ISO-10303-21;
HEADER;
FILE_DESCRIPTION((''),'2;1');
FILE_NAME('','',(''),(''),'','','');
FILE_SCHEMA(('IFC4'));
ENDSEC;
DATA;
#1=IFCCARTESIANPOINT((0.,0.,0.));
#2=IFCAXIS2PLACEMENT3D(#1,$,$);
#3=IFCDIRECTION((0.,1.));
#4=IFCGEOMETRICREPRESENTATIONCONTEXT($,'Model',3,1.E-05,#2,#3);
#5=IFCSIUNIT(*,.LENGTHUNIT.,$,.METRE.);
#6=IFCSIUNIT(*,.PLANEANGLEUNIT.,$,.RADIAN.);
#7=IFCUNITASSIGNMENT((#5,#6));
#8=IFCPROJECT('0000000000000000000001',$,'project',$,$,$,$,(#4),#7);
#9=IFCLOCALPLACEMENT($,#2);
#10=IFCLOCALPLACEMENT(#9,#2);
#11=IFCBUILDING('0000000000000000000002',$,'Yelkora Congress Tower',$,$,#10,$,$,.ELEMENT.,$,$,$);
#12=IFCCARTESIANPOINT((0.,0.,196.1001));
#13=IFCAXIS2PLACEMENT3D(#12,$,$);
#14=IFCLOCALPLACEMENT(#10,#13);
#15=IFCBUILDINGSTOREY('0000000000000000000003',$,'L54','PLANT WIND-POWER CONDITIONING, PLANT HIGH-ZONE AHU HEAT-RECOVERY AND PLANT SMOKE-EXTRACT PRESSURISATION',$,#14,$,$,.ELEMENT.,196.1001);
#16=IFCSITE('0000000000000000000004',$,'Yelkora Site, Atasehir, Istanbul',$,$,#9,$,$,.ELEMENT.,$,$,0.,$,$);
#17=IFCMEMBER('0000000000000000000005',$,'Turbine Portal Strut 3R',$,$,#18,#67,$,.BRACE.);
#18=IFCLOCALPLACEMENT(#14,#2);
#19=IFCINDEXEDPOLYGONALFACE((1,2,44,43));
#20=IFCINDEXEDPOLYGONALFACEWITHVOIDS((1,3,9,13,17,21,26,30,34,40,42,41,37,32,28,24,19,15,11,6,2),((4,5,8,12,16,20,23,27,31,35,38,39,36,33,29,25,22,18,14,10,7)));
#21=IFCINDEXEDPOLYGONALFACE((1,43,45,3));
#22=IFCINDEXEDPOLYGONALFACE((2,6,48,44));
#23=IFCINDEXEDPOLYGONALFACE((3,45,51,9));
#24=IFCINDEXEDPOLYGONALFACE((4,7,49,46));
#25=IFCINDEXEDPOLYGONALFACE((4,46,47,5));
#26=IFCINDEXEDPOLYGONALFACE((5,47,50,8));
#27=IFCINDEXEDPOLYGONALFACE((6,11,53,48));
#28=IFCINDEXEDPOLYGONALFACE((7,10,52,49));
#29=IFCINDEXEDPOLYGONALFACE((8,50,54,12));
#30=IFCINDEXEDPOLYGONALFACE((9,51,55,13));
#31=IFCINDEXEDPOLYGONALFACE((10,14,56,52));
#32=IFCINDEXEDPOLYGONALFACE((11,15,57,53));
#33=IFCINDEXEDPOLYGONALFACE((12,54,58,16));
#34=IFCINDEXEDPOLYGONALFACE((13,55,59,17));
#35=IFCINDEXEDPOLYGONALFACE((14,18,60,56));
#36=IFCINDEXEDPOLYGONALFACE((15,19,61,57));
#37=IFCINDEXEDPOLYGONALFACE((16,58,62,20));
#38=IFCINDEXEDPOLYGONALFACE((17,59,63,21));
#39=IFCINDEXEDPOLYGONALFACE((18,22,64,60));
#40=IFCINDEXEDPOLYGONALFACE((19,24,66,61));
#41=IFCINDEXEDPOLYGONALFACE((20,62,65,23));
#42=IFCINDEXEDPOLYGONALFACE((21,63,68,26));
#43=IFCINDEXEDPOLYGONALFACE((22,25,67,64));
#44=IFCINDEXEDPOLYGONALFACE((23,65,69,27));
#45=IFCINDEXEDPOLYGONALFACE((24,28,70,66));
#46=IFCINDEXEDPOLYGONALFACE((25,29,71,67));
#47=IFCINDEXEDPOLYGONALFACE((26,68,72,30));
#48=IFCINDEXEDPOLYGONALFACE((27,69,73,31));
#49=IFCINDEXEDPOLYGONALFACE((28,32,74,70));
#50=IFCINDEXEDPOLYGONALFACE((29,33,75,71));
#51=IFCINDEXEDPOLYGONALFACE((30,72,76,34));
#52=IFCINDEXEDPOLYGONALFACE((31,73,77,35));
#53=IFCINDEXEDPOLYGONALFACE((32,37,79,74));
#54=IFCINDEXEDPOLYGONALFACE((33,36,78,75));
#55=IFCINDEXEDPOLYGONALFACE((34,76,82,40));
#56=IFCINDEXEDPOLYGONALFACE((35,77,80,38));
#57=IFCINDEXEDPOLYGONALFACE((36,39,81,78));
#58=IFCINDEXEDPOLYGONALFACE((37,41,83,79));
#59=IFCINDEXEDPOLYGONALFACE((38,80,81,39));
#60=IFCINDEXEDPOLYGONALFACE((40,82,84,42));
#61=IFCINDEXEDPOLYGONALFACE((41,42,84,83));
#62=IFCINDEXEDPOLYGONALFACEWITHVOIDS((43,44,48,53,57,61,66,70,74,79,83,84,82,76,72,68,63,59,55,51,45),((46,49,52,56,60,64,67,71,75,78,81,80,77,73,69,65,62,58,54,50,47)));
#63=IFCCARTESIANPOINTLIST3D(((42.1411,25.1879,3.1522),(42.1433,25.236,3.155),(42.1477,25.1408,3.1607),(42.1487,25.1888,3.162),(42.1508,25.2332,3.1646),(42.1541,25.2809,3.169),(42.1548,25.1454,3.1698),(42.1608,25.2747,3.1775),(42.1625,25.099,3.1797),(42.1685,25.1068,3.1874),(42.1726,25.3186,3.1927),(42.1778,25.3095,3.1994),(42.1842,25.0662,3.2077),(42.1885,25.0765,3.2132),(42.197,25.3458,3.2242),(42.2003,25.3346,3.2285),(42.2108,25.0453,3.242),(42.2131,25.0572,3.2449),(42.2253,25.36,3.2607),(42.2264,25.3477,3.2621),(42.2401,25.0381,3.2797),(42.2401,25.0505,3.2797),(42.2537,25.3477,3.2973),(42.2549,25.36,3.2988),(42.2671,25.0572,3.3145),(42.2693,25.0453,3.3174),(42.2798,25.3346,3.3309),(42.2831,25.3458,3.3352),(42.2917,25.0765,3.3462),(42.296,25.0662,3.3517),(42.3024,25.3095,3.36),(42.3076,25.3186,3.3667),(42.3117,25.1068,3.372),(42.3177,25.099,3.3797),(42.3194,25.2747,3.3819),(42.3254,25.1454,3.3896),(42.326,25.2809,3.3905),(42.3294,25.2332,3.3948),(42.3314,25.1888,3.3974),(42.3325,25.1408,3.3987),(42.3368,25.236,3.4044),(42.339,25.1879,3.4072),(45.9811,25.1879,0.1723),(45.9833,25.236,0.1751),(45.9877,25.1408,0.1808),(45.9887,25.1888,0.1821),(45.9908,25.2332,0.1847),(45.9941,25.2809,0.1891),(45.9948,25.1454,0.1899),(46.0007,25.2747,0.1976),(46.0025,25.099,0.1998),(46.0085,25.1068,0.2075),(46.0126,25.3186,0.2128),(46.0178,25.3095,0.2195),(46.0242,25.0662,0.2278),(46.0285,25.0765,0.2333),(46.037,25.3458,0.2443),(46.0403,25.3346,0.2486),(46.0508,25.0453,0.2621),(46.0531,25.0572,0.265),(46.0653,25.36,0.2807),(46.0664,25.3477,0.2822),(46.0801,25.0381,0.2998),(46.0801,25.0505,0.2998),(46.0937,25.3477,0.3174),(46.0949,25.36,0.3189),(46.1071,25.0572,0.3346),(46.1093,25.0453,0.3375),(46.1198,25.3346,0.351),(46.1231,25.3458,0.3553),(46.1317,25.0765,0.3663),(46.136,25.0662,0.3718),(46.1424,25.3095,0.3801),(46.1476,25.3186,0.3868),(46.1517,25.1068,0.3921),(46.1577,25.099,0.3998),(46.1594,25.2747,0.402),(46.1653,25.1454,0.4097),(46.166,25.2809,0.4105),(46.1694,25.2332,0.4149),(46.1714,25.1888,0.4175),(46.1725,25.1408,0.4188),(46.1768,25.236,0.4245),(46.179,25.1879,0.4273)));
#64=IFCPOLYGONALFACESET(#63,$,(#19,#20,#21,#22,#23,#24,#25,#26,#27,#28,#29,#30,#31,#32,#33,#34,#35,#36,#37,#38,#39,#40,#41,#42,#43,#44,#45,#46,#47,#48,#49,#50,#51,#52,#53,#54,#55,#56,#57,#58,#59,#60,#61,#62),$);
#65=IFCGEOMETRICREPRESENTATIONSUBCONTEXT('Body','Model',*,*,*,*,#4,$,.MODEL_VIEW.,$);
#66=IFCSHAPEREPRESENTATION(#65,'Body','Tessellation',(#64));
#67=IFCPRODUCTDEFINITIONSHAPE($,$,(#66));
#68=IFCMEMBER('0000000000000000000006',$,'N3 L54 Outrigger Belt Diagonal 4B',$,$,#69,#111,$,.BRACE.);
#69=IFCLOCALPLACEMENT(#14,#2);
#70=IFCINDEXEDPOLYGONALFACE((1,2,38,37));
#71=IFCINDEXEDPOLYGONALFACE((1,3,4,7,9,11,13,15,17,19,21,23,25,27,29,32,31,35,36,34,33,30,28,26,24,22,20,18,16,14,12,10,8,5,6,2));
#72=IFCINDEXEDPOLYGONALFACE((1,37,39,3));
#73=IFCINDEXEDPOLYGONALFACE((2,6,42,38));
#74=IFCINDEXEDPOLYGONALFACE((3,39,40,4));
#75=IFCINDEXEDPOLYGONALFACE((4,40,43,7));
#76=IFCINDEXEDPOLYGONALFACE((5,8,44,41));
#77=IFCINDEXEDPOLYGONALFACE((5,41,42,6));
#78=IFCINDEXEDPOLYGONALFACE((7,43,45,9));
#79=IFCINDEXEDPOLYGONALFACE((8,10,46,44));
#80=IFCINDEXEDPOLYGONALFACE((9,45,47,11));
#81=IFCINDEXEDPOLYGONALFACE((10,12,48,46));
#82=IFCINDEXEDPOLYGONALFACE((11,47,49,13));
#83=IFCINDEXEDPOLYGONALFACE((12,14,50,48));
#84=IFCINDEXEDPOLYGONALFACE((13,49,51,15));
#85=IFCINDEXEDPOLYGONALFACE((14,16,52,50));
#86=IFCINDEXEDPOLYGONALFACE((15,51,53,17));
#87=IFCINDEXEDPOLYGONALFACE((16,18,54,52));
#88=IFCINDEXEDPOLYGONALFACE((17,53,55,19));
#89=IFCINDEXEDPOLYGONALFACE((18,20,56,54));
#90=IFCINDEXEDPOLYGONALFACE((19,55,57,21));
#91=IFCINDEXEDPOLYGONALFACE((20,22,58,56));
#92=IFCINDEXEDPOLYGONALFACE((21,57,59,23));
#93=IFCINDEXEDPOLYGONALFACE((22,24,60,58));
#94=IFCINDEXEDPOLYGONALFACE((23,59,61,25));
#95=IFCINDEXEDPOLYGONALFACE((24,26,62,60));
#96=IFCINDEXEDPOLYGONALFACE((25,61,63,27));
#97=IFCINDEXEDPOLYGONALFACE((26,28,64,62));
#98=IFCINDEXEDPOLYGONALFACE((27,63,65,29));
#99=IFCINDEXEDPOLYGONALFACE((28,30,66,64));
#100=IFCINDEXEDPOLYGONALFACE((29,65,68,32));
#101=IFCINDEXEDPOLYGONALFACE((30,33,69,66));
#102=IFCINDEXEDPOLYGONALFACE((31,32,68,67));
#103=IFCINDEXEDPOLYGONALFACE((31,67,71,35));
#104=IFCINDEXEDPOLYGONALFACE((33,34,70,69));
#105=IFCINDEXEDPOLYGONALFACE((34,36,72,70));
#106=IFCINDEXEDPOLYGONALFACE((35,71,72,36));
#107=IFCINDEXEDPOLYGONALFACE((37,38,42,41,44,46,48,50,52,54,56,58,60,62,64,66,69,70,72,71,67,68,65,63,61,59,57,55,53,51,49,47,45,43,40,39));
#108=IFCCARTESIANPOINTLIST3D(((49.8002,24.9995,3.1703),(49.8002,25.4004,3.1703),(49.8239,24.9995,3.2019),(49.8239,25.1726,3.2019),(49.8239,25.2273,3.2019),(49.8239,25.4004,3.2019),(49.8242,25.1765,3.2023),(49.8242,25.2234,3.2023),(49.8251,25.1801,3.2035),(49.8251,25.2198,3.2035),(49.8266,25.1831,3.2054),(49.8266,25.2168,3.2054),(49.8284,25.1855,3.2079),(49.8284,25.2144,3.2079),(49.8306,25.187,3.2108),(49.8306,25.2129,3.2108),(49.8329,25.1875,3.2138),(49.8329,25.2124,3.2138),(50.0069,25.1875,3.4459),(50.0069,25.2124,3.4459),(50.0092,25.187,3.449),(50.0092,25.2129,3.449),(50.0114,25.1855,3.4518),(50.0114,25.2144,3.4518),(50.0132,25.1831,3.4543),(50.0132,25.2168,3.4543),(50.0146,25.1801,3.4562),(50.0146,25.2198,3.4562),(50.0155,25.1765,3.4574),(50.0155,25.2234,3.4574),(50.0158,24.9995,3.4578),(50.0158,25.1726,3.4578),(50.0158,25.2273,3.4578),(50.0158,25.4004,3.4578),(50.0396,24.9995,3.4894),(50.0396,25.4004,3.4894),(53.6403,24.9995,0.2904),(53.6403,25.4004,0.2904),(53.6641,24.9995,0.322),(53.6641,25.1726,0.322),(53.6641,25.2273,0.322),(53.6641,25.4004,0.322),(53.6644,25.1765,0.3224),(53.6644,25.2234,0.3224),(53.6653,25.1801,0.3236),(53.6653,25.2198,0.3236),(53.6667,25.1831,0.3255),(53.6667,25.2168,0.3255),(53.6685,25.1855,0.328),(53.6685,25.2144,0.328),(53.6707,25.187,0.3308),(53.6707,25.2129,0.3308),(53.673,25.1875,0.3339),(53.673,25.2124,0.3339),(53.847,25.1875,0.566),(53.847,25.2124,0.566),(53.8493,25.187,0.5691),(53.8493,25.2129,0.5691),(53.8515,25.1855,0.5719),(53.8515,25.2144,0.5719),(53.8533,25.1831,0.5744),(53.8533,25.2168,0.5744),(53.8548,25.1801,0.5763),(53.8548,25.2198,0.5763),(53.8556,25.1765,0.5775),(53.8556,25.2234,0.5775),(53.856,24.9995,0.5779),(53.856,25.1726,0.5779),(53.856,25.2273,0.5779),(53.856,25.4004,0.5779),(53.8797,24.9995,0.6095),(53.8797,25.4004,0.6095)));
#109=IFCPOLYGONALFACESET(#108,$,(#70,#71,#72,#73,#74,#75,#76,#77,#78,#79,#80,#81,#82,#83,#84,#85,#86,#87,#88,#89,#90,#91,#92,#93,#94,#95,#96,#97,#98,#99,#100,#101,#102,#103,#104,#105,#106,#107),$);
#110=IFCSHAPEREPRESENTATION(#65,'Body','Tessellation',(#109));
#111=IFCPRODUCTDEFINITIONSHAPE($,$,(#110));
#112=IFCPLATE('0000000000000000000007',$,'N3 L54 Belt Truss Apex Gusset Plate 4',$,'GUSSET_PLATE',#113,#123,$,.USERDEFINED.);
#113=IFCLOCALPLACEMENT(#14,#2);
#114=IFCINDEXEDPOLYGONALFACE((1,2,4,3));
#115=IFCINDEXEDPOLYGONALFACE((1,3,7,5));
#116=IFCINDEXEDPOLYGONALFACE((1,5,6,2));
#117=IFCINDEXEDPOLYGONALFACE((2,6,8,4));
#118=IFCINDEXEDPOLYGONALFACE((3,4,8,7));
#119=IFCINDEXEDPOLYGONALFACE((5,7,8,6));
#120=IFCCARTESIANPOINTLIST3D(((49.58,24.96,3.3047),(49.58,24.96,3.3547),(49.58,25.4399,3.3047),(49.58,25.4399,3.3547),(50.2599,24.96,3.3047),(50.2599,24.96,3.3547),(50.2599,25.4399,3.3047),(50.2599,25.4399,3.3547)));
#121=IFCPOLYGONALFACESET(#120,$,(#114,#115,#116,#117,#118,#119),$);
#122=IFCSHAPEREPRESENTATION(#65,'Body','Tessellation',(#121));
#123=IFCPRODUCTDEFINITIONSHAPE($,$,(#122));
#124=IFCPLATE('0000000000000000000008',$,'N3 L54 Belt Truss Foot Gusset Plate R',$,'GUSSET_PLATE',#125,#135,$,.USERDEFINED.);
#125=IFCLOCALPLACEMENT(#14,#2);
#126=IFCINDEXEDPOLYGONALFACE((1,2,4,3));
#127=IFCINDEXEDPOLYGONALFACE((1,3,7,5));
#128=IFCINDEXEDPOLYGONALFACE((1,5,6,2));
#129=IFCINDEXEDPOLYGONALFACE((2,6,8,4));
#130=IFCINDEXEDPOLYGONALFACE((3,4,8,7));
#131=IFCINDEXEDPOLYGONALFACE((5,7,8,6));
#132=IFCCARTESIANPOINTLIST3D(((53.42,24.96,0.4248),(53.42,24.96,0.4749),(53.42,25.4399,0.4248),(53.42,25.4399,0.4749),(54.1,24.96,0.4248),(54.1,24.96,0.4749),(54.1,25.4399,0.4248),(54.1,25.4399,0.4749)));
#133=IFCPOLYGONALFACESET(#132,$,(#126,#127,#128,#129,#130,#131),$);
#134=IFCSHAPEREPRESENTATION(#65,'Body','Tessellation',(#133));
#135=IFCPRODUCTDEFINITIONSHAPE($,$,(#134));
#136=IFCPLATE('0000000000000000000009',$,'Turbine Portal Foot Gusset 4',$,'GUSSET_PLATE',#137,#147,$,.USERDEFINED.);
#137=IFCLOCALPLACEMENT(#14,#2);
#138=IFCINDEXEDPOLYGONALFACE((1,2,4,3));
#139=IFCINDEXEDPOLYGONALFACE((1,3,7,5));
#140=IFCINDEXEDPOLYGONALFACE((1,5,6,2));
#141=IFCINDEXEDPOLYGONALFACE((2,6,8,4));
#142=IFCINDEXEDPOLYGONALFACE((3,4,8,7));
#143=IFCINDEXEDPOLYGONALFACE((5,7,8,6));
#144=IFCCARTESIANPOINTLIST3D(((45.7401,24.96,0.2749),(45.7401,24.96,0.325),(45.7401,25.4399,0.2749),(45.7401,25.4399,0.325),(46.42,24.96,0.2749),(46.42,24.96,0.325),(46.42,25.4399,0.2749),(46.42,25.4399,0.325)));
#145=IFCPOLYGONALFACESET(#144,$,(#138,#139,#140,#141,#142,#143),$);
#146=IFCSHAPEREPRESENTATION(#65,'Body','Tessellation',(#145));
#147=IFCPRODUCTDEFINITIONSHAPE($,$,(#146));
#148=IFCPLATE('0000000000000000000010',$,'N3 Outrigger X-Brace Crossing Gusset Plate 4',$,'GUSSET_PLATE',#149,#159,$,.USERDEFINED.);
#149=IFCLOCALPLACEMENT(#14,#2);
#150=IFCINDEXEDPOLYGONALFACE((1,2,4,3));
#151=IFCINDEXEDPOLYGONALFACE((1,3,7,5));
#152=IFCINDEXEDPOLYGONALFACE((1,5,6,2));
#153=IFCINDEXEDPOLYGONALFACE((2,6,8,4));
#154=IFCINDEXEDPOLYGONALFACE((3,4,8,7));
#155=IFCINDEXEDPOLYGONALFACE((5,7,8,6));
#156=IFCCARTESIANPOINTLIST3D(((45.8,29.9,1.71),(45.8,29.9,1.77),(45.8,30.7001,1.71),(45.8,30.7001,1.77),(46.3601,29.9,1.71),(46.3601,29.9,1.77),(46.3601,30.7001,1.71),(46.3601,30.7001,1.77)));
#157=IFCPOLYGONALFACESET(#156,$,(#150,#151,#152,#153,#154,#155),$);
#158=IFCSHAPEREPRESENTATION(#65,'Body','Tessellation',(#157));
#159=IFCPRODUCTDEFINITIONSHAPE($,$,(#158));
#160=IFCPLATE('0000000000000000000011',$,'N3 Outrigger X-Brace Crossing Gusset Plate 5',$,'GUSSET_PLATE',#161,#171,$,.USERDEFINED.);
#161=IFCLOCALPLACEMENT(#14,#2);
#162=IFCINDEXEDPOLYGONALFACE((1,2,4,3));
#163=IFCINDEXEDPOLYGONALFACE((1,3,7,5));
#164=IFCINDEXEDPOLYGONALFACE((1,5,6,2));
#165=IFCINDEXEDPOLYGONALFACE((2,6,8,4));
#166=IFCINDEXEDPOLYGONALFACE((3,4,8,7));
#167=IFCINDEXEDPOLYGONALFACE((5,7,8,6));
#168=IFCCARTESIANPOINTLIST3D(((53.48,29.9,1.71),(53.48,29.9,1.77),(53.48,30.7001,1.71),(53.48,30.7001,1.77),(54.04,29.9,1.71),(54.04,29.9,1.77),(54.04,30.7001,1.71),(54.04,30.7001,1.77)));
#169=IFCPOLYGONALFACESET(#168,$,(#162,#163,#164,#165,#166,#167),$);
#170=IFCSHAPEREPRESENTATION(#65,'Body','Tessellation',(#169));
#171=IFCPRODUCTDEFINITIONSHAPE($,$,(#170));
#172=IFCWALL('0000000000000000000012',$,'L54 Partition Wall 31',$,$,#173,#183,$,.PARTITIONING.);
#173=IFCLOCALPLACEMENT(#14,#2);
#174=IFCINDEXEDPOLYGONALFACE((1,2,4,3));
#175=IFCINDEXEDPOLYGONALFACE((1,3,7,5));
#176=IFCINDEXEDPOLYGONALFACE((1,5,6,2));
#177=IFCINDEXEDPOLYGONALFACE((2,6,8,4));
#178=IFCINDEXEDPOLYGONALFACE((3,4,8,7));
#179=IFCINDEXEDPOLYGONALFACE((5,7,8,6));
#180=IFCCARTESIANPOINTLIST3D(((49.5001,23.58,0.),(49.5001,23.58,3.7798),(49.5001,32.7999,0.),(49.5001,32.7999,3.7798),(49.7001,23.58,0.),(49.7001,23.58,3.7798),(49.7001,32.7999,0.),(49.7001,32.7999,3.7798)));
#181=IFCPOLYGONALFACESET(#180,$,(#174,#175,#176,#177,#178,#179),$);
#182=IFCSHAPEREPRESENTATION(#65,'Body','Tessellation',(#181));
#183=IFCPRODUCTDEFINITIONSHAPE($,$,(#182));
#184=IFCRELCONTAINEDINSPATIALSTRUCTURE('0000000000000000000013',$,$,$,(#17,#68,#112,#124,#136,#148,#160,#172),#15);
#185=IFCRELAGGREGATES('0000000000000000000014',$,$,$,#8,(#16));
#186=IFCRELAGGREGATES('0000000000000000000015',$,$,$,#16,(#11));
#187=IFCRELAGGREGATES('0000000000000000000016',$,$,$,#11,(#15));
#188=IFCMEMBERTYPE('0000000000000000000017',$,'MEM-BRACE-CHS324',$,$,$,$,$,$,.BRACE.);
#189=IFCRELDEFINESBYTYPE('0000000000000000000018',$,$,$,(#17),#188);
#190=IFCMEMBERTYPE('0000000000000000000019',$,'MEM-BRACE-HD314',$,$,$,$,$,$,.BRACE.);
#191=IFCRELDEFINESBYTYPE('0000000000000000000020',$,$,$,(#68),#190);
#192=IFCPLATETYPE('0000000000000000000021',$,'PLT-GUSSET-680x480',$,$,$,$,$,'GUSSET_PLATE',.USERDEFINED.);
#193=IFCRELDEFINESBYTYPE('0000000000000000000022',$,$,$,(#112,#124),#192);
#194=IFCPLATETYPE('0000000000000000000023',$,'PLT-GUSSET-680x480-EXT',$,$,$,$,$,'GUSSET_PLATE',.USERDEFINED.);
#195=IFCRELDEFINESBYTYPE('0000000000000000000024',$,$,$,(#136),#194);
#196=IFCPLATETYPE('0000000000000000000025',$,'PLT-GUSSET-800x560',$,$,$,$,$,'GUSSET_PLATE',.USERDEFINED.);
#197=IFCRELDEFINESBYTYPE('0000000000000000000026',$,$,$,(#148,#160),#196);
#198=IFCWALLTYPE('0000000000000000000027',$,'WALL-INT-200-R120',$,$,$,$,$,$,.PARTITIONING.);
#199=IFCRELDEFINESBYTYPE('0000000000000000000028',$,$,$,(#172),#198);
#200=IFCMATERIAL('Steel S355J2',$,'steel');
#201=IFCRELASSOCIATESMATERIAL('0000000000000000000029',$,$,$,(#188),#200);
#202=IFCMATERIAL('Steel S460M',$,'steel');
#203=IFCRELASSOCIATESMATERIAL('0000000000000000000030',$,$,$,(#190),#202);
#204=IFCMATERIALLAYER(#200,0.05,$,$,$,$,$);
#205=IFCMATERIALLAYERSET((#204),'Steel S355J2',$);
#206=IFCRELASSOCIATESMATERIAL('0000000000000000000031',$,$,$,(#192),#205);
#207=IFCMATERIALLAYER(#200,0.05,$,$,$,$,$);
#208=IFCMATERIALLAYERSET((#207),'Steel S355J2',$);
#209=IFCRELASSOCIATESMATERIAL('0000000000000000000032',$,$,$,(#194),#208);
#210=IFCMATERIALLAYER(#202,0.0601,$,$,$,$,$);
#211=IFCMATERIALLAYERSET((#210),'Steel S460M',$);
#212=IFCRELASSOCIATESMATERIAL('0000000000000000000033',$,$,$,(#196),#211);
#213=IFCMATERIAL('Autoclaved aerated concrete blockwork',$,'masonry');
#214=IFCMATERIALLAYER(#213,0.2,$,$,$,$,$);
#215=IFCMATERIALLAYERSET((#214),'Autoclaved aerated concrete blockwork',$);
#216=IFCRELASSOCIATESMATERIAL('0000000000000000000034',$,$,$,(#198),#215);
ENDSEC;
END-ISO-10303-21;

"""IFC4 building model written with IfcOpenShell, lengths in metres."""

from ifc_helpers import new_model, si_unit, direction, frame, frame_2d, origin, origin_2d, place, context, subcontext, project, spatial, rectangle, hollow_circle, i_section, extrude, material, layer, layer_set, material_profile, profile_set, type_object, element, save


model = new_model("IFC4")

# Units and contexts
model_context = context("Model", 3, precision=1e-05, world=origin(), true_north=direction((0.0, 1.0)))
body_context = subcontext(model_context, "Body", "Model", "MODEL_VIEW")
ifc_project = project(units=[si_unit("LENGTHUNIT", "METRE"), si_unit("PLANEANGLEUNIT", "RADIAN")], contexts=[model_context])

# Site, building, storey
site_placement = place(None, origin())
site = spatial("IfcSite", under=ifc_project, at=site_placement, Name="Yelkora Site, Atasehir, Istanbul", CompositionType="ELEMENT", RefElevation=0.0)
building_placement = place(site_placement, origin())
building = spatial("IfcBuilding", under=site, at=building_placement, Name="Yelkora Congress Tower", CompositionType="ELEMENT")
storey_placement = place(building_placement, frame((0.0, 0.0, 196.1001)))
storey = spatial("IfcBuildingStorey", under=building, at=storey_placement, Name="L54", Description="PLANT WIND-POWER CONDITIONING, PLANT HIGH-ZONE AHU HEAT-RECOVERY AND PLANT SMOKE-EXTRACT PRESSURISATION", CompositionType="ELEMENT", Elevation=196.1001)

# Shared definitions
ifc_material_1 = material(Name="Steel S460M", Category="steel")

# Members
ifc_material_2 = material(Name="Steel S355J2", Category="steel")
ifc_material_profile_1 = material_profile(ifc_material_2, hollow_circle(Radius=0.1619, WallThickness=0.0125, at=origin_2d()), Name="CHS 323.9x12.5")
ifc_profile_set_1 = profile_set([ifc_material_profile_1], Name="Steel S355J2")
member_type_1 = type_object("IfcMemberType", Name="MEM-BRACE-CHS324", PredefinedType="BRACE", material=ifc_profile_set_1)
member_1_placement = place(storey_placement, frame((46.0801, 25.2, 0.2998), z_axis=(-0.790025, 0.0, 0.613074), x_axis=(0.0, -1.0, 0.0)))
element("IfcMember", 1, at=member_1_placement, inside=storey, type_object=member_type_1, Name="Turbine Portal Strut 3R", PredefinedType="BRACE", context=body_context, shape_type="SweptSolid", body=[
    extrude(hollow_circle(Radius=0.1619, WallThickness=0.0125, at=origin_2d()), origin(), (0.0, 0.0, 1.0), 4.8606),
])
ifc_material_profile_2 = material_profile(ifc_material_1, i_section(OverallWidth=0.4009, OverallDepth=0.3989, WebThickness=0.0249, FlangeThickness=0.0396, FilletRadius=0.0149, at=origin_2d()), Name="HD 400x314")
ifc_profile_set_2 = profile_set([ifc_material_profile_2], Name="Steel S460M")
member_type_2 = type_object("IfcMemberType", Name="MEM-BRACE-HD314", PredefinedType="BRACE", material=ifc_profile_set_2)
member_2_placement = place(storey_placement, frame((53.76, 25.2, 0.45), z_axis=(-0.800018, 0.0, 0.599976), x_axis=(0.0, -1.0, 0.0)))
element("IfcMember", 2, at=member_2_placement, inside=storey, type_object=member_type_2, Name="N3 L54 Outrigger Belt Diagonal 4B", PredefinedType="BRACE", context=body_context, shape_type="SweptSolid", body=[
    extrude(i_section(OverallWidth=0.4009, OverallDepth=0.3989, WebThickness=0.0249, FlangeThickness=0.0396, FilletRadius=0.0149, at=origin_2d()), origin(), (0.0, 0.0, 1.0), 4.8),
])

# Plates
ifc_layer_1 = layer(ifc_material_2, 0.05)
ifc_layer_set_1 = layer_set([ifc_layer_1], Name="Steel S355J2")
plate_type_1 = type_object("IfcPlateType", Name="PLT-GUSSET-680x480", ElementType="GUSSET_PLATE", PredefinedType="USERDEFINED", material=ifc_layer_set_1)
for number, where, z_axis, x_axis, name in (
    (3, (49.9199, 25.2, 3.3047), (0.0, 0.0, 1.0), (1.0, 0.0, 0.0), "N3 L54 Belt Truss Apex Gusset Plate 4"),
    (4, (53.76, 25.2, 0.4248), (0.0, 0.0, 1.0), (1.0, 0.0, 0.0), "N3 L54 Belt Truss Foot Gusset Plate R"),
):
    element("IfcPlate", number, at=place(storey_placement, frame(where, z_axis=z_axis, x_axis=x_axis)), inside=storey, type_object=plate_type_1, Name=name, ObjectType="GUSSET_PLATE", PredefinedType="USERDEFINED", context=body_context, shape_type="SweptSolid", body=[
        extrude(rectangle(XDim=0.6799, YDim=0.48, at=origin_2d()), origin(), (0.0, 0.0, 1.0), 0.05),
    ])
ifc_layer_2 = layer(ifc_material_2, 0.05)
ifc_layer_set_2 = layer_set([ifc_layer_2], Name="Steel S355J2")
plate_type_2 = type_object("IfcPlateType", Name="PLT-GUSSET-680x480-EXT", ElementType="GUSSET_PLATE", PredefinedType="USERDEFINED", material=ifc_layer_set_2)
plate_placement = place(storey_placement, frame((46.0801, 25.2, 0.2749), z_axis=(0.0, 0.0, 1.0), x_axis=(1.0, 0.0, 0.0)))
element("IfcPlate", 5, at=plate_placement, inside=storey, type_object=plate_type_2, Name="Turbine Portal Foot Gusset 4", ObjectType="GUSSET_PLATE", PredefinedType="USERDEFINED", context=body_context, shape_type="SweptSolid", body=[
    extrude(rectangle(XDim=0.6799, YDim=0.48, at=origin_2d()), origin(), (0.0, 0.0, 1.0), 0.05),
])
ifc_layer_3 = layer(ifc_material_1, 0.0601)
ifc_layer_set_3 = layer_set([ifc_layer_3], Name="Steel S460M")
plate_type_3 = type_object("IfcPlateType", Name="PLT-GUSSET-800x560", ElementType="GUSSET_PLATE", PredefinedType="USERDEFINED", material=ifc_layer_set_3)
for number, where, z_axis, x_axis, name in (
    (6, (46.0801, 30.3, 1.71), (0.0, 0.0, 1.0), (0.0, 1.0, 0.0), "N3 Outrigger X-Brace Crossing Gusset Plate 4"),
    (7, (53.76, 30.3, 1.71), (0.0, 0.0, 1.0), (0.0, 1.0, 0.0), "N3 Outrigger X-Brace Crossing Gusset Plate 5"),
):
    element("IfcPlate", number, at=place(storey_placement, frame(where, z_axis=z_axis, x_axis=x_axis)), inside=storey, type_object=plate_type_3, Name=name, ObjectType="GUSSET_PLATE", PredefinedType="USERDEFINED", context=body_context, shape_type="SweptSolid", body=[
        extrude(rectangle(XDim=0.8, YDim=0.5601, at=origin_2d()), origin(), (0.0, 0.0, 1.0), 0.0601),
    ])

# Shared definitions
ifc_material_3 = material(Name="Autoclaved aerated concrete blockwork", Category="masonry")
ifc_layer_4 = layer(ifc_material_3, 0.2)
ifc_layer_set_4 = layer_set([ifc_layer_4], Name="Autoclaved aerated concrete blockwork")
wall_type = type_object("IfcWallType", Name="WALL-INT-200-R120", PredefinedType="PARTITIONING", material=ifc_layer_set_4)

# Wall
wall_1_placement = place(storey_placement, frame((49.6001, 23.5801, 0.0), z_axis=(0.0, 0.0, 1.0), x_axis=(0.0, 1.0, 0.0)))
element("IfcWall", 8, at=wall_1_placement, inside=storey, type_object=wall_type, Name="L54 Partition Wall 31", PredefinedType="PARTITIONING", context=body_context, shape_type="SweptSolid", body=[
    extrude(rectangle(XDim=9.22, YDim=0.2, at=frame_2d((4.6099, 0.0))), origin(), (0.0, 0.0, 1.0), 3.7798),
])

save(model, "model.ifc")
